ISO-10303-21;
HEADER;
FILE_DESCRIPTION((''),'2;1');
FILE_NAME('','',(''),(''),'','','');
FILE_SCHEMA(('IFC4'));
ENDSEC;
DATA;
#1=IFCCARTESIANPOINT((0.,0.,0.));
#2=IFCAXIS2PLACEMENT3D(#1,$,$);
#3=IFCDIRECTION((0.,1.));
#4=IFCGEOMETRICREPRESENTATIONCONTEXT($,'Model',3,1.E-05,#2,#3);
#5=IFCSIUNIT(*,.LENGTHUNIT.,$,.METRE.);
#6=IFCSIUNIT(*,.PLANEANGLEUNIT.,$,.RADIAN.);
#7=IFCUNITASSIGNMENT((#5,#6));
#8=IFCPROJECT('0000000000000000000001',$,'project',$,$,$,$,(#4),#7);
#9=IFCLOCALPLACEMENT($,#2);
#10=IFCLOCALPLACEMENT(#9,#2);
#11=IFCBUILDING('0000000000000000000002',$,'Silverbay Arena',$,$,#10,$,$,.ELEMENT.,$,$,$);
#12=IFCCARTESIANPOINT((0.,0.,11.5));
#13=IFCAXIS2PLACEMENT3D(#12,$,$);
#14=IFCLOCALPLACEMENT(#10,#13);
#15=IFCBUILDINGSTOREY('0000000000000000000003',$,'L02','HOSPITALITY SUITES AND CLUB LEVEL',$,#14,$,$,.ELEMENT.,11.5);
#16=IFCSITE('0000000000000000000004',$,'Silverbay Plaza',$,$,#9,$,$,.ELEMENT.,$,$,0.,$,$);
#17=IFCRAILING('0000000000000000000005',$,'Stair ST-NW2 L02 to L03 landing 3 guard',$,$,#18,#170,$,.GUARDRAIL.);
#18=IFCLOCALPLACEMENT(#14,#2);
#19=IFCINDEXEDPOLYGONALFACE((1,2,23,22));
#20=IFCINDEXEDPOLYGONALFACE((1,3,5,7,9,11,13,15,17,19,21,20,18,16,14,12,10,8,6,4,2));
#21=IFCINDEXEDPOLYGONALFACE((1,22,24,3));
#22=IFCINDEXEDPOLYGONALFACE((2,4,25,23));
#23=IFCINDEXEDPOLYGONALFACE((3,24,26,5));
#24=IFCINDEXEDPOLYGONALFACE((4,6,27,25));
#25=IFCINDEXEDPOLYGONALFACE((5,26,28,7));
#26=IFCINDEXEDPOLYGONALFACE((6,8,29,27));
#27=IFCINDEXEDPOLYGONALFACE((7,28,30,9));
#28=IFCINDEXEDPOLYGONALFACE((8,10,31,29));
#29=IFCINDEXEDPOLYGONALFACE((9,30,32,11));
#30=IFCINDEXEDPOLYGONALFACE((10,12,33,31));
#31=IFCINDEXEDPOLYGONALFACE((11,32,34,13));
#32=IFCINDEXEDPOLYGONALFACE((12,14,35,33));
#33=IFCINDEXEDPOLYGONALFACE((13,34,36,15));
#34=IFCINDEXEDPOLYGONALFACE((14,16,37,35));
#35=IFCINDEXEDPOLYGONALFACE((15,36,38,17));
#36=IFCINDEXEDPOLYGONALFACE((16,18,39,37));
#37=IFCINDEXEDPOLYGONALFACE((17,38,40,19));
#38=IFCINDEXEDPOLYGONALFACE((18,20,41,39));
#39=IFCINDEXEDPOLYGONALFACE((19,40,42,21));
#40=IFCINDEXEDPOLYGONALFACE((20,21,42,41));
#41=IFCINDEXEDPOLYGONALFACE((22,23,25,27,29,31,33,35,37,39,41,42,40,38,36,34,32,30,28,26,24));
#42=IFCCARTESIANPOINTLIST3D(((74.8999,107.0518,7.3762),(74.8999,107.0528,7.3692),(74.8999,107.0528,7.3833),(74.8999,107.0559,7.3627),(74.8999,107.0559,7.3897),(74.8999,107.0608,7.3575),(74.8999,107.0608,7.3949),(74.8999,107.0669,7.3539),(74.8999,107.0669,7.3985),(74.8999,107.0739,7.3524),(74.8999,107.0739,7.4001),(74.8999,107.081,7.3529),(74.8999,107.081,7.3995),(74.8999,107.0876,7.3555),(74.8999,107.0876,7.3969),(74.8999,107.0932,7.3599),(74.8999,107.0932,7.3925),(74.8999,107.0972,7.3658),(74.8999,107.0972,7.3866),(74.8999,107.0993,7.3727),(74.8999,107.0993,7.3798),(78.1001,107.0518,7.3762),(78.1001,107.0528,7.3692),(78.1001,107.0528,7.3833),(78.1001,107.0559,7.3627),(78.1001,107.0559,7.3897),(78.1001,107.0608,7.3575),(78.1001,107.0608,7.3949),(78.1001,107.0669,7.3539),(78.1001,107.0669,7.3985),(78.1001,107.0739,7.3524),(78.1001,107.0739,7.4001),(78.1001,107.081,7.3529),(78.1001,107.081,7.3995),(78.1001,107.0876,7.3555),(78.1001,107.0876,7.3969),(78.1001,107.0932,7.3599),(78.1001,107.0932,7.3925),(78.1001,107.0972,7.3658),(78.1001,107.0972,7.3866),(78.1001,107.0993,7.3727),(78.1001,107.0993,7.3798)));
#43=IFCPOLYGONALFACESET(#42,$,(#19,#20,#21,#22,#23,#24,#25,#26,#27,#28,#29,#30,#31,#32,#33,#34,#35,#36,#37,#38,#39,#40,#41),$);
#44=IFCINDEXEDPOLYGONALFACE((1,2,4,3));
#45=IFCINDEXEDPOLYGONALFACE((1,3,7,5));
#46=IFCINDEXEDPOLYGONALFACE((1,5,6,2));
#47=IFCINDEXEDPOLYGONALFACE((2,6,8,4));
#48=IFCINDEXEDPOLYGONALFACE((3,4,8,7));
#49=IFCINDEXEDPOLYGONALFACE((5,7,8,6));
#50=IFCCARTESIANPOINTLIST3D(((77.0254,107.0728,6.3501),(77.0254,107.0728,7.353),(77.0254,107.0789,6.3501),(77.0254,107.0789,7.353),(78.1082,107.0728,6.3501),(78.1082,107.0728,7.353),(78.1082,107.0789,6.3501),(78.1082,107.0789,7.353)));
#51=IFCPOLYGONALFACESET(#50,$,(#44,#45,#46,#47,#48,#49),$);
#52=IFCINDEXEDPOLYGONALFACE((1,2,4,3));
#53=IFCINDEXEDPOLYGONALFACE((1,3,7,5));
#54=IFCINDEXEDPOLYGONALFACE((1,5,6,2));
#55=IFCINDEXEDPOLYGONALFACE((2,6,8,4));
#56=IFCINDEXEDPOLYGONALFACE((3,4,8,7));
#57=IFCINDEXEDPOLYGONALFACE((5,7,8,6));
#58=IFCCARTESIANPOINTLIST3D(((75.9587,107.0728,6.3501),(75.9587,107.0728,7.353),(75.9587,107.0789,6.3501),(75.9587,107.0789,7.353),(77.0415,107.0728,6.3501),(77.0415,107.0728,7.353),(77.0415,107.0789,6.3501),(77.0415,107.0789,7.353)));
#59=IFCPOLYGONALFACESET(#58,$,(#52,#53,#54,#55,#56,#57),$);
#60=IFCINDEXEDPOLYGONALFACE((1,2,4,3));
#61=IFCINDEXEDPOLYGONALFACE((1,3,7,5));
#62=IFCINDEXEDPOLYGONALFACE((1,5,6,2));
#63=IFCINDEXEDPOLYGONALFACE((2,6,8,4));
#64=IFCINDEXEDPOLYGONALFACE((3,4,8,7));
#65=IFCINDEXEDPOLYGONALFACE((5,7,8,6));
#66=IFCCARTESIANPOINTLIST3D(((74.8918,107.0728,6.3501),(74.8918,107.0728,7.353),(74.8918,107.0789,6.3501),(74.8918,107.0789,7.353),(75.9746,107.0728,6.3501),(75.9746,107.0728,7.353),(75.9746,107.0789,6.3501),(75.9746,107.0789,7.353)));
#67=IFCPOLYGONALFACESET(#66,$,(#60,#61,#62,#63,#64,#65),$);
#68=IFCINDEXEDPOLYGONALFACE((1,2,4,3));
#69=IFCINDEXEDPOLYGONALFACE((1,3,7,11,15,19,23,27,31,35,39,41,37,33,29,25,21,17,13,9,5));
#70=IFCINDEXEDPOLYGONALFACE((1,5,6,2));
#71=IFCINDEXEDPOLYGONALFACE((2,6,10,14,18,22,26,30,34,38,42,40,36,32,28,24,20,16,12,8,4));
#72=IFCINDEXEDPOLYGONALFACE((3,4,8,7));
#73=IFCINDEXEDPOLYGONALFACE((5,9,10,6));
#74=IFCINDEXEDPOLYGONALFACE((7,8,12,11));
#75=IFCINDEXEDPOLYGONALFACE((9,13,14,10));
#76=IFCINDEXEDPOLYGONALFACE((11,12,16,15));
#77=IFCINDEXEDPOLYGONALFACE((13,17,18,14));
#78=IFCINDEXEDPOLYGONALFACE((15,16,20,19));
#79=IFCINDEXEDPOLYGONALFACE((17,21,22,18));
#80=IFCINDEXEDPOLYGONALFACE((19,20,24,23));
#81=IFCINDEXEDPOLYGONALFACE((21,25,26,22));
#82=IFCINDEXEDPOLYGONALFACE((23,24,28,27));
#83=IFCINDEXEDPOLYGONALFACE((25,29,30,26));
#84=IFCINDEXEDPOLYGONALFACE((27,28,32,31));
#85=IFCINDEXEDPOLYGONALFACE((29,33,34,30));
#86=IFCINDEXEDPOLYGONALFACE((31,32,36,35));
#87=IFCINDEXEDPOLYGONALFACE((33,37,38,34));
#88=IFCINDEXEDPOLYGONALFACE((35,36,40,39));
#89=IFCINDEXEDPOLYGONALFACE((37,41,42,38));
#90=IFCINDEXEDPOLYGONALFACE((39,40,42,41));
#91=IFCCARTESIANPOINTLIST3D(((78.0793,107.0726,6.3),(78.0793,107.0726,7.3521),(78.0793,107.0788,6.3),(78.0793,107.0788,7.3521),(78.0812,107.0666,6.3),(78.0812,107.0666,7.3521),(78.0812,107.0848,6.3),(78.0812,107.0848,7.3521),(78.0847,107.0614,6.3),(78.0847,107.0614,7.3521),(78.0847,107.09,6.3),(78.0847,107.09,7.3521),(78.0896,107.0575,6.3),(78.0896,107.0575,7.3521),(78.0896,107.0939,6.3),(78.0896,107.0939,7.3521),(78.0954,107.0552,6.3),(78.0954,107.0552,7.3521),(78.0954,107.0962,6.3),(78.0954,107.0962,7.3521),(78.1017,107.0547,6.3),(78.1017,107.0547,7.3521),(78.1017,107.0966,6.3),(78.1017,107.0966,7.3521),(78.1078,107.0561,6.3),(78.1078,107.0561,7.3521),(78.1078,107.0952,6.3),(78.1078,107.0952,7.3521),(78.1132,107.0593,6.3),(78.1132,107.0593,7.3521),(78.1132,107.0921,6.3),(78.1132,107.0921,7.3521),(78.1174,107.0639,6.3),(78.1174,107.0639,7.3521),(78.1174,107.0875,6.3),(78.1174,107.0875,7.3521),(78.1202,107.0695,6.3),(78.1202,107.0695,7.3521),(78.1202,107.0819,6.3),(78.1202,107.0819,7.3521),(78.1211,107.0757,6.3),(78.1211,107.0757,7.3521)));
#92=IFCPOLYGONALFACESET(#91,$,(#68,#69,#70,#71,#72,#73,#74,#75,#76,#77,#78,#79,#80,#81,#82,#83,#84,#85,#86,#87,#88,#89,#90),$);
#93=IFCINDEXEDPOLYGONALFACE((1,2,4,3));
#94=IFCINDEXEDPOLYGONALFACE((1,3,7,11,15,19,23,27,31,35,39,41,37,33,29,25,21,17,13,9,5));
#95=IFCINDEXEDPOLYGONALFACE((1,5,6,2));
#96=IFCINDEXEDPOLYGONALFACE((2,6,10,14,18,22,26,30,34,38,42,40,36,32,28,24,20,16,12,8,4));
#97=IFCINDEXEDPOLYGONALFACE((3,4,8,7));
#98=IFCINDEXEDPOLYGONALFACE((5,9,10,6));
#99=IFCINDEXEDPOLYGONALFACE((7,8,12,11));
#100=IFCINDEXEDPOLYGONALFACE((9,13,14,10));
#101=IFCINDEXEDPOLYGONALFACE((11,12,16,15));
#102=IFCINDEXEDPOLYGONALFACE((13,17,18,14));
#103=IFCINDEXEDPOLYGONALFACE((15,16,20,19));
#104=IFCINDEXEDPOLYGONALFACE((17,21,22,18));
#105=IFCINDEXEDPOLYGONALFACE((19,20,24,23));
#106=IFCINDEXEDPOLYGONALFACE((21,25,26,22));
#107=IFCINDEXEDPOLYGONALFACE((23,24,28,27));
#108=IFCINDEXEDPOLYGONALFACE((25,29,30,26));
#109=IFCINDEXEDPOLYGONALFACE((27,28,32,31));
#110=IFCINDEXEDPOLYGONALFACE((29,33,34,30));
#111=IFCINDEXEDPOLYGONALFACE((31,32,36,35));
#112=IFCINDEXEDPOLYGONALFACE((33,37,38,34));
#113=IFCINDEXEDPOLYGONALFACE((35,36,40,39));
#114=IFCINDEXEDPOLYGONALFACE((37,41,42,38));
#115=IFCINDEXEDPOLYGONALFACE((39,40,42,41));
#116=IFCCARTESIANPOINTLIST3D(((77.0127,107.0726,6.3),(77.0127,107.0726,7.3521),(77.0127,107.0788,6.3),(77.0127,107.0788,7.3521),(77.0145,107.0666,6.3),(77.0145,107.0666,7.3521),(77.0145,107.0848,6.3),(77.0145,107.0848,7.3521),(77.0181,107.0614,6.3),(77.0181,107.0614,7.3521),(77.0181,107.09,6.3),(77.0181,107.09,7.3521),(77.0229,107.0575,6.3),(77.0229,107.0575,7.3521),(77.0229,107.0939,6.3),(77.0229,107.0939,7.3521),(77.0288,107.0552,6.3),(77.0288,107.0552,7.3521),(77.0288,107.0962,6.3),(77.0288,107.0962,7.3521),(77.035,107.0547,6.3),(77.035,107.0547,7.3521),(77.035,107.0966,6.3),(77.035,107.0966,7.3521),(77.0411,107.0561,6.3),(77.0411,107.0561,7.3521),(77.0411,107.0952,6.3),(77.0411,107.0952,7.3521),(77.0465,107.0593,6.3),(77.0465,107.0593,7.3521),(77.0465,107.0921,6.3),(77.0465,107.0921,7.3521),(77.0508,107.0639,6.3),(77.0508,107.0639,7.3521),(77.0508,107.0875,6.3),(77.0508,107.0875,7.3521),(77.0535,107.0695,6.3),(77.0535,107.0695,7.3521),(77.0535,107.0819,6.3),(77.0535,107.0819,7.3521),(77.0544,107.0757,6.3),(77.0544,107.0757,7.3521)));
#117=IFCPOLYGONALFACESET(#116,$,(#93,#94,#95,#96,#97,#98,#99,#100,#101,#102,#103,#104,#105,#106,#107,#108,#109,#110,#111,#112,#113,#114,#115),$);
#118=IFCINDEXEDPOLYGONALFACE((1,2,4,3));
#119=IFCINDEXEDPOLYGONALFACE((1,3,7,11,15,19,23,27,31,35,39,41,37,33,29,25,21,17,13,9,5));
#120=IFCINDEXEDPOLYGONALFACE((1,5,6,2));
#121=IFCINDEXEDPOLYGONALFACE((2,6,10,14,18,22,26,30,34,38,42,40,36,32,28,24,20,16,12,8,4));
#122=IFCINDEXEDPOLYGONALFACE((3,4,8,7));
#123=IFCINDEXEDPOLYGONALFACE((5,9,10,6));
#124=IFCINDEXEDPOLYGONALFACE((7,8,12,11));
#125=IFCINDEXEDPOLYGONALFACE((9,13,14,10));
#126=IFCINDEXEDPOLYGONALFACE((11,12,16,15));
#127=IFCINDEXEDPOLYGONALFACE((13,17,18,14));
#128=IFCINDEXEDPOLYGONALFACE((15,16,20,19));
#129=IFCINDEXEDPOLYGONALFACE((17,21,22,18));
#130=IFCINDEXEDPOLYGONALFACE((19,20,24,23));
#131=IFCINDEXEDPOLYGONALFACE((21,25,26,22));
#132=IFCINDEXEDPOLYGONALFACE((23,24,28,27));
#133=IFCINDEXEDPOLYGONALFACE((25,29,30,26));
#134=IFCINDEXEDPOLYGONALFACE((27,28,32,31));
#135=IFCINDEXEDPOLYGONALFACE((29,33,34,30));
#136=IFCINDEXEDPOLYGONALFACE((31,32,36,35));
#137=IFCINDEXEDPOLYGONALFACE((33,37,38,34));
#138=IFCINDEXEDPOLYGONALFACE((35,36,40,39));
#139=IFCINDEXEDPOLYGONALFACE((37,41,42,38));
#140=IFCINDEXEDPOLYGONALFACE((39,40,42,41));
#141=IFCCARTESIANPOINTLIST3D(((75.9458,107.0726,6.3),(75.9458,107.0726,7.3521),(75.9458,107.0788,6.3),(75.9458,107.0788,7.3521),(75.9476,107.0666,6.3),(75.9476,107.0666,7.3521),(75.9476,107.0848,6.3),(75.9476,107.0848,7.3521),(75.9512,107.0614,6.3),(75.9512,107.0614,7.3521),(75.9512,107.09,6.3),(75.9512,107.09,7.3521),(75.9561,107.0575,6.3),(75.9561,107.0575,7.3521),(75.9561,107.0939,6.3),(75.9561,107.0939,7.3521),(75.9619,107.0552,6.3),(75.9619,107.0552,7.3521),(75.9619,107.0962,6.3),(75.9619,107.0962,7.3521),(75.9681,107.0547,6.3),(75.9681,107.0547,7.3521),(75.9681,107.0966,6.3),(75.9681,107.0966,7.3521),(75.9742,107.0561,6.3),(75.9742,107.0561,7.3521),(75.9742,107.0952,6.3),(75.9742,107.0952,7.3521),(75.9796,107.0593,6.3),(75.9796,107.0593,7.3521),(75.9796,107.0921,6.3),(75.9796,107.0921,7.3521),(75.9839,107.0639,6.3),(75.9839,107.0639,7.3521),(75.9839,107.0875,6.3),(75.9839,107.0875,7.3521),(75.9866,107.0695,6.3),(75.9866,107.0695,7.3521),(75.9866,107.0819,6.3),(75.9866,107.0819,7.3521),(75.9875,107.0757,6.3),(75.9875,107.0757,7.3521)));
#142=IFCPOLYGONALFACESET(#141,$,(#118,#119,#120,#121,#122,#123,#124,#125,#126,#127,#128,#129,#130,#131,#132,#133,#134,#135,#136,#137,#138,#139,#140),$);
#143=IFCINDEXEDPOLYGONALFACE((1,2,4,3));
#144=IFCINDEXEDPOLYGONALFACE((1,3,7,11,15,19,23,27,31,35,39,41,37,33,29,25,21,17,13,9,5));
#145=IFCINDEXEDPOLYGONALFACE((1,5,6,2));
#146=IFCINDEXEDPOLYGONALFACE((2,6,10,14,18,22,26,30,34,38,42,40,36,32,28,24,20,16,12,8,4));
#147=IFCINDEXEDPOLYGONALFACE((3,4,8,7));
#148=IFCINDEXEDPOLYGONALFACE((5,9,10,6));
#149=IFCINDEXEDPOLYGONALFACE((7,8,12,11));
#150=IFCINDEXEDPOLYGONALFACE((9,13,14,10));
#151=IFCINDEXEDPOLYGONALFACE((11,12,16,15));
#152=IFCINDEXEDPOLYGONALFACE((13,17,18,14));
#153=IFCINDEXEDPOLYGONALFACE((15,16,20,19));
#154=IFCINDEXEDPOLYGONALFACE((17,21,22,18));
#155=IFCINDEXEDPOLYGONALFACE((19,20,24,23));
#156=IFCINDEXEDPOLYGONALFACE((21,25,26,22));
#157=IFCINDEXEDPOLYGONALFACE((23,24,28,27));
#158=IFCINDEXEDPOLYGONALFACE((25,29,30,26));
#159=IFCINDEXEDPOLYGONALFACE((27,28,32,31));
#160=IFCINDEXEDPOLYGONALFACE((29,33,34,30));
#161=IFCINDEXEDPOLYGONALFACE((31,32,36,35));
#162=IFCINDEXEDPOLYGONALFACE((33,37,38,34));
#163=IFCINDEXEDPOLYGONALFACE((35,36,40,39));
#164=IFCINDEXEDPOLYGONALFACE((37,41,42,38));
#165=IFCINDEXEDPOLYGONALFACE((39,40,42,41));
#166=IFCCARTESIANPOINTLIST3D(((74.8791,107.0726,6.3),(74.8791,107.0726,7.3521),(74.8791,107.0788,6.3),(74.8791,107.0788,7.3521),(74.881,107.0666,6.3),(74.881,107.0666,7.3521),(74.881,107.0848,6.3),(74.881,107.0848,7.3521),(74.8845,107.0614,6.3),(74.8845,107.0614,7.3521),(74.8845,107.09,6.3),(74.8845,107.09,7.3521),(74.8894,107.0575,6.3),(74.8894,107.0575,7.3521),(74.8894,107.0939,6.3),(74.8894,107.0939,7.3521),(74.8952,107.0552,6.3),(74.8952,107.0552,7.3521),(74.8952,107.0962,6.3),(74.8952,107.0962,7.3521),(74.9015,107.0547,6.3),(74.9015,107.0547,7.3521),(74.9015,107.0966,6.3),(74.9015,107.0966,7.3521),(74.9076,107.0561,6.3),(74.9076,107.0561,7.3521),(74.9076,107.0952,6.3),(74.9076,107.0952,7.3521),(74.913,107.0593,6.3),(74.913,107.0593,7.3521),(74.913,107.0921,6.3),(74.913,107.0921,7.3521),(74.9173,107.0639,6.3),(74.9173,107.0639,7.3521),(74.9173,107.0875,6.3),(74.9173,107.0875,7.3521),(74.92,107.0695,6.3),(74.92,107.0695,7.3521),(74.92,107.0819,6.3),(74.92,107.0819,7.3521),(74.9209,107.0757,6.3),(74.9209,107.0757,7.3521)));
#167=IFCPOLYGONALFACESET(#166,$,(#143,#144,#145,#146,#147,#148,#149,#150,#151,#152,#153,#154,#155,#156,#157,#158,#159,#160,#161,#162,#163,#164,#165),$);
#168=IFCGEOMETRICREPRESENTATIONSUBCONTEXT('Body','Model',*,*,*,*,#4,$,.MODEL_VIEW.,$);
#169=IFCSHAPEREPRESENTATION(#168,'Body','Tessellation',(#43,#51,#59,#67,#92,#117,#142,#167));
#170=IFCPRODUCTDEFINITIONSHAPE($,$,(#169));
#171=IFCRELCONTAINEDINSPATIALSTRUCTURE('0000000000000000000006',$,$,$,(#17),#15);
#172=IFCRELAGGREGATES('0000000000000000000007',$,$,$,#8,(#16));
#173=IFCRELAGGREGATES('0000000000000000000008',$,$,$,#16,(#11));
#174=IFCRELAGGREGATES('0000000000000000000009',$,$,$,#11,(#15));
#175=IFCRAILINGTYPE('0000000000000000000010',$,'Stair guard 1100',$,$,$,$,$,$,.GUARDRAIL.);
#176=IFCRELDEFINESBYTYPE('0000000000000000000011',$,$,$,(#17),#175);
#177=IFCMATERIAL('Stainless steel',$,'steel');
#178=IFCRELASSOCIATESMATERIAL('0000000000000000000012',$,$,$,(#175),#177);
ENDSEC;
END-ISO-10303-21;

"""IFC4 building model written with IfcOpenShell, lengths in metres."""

from ifc_helpers import new_model, si_unit, direction, frame, origin, origin_2d, place, context, subcontext, project, spatial, polyline, circle, outline, extrude, material, type_object, element, save


model = new_model("IFC4")

# Units and contexts
model_context = context("Model", 3, precision=1e-05, world=origin(), true_north=direction((0.0, 1.0)))
body_context = subcontext(model_context, "Body", "Model", "MODEL_VIEW")
ifc_project = project(units=[si_unit("LENGTHUNIT", "METRE"), si_unit("PLANEANGLEUNIT", "RADIAN")], contexts=[model_context])

# Site, building, storey
site_placement = place(None, origin())
site = spatial("IfcSite", under=ifc_project, at=site_placement, Name="Silverbay Plaza", CompositionType="ELEMENT", RefElevation=0.0)
building_placement = place(site_placement, origin())
building = spatial("IfcBuilding", under=site, at=building_placement, Name="Silverbay Arena", CompositionType="ELEMENT")
storey_placement = place(building_placement, frame((0.0, 0.0, 11.5)))
storey = spatial("IfcBuildingStorey", under=building, at=storey_placement, Name="L02", Description="HOSPITALITY SUITES AND CLUB LEVEL", CompositionType="ELEMENT", Elevation=11.5)

# Railing
ifc_material_1 = material(Name="Stainless steel", Category="steel")
railing_type_1 = type_object("IfcRailingType", Name="Stair guard 1100", PredefinedType="GUARDRAIL", material=ifc_material_1)
for number, where, name in (
    (1, (78.1001, 107.0757, 6.3), "Stair ST-NW2 L02 to L03 landing 3 guard"),
):
    element("IfcRailing", number, at=place(storey_placement, frame(where)), inside=storey, type_object=railing_type_1, Name=name, PredefinedType="GUARDRAIL", context=body_context, shape_type="SweptSolid", body=[
        extrude(circle(Radius=0.0239, at=origin_2d()), frame((0.0, 0.0, 1.0762), z_axis=(-1.0, 0.0, 0.0), x_axis=(0.0, -1.0, 0.0)), (0.0, 0.0, 1.0), 3.2002),
        extrude(outline(polyline([(-0.0081, 0.05), (1.0747, 0.05), (1.0747, 1.053), (-0.0081, 1.053), (-0.0081, 0.05)])), frame((0.0, -0.0029, 0.0), z_axis=(0.0, 1.0, 0.0), x_axis=(-1.0, 0.0, 0.0)), (0.0, 0.0, 1.0), 0.0061),
        extrude(outline(polyline([(-0.0081, 0.05), (1.0747, 0.05), (1.0747, 1.053), (-0.0081, 1.053), (-0.0081, 0.05)])), frame((-1.0667, -0.0029, 0.0), z_axis=(0.0, 1.0, 0.0), x_axis=(-1.0, 0.0, 0.0)), (0.0, 0.0, 1.0), 0.0061),
        extrude(outline(polyline([(-0.0081, 0.05), (1.0747, 0.05), (1.0747, 1.053), (-0.0081, 1.053), (-0.0081, 0.05)])), frame((-2.1335, -0.0029, 0.0), z_axis=(0.0, 1.0, 0.0), x_axis=(-1.0, 0.0, 0.0)), (0.0, 0.0, 1.0), 0.0061),
        extrude(circle(Radius=0.021, at=origin_2d()), origin(), (0.0, 0.0, 1.0), 1.052),
        extrude(circle(Radius=0.021, at=origin_2d()), frame((-1.0667, 0.0, 0.0)), (0.0, 0.0, 1.0), 1.052),
        extrude(circle(Radius=0.021, at=origin_2d()), frame((-2.1335, 0.0, 0.0)), (0.0, 0.0, 1.0), 1.052),
        extrude(circle(Radius=0.021, at=origin_2d()), frame((-3.2002, 0.0, 0.0)), (0.0, 0.0, 1.0), 1.052),
    ])

save(model, "model.ifc")
